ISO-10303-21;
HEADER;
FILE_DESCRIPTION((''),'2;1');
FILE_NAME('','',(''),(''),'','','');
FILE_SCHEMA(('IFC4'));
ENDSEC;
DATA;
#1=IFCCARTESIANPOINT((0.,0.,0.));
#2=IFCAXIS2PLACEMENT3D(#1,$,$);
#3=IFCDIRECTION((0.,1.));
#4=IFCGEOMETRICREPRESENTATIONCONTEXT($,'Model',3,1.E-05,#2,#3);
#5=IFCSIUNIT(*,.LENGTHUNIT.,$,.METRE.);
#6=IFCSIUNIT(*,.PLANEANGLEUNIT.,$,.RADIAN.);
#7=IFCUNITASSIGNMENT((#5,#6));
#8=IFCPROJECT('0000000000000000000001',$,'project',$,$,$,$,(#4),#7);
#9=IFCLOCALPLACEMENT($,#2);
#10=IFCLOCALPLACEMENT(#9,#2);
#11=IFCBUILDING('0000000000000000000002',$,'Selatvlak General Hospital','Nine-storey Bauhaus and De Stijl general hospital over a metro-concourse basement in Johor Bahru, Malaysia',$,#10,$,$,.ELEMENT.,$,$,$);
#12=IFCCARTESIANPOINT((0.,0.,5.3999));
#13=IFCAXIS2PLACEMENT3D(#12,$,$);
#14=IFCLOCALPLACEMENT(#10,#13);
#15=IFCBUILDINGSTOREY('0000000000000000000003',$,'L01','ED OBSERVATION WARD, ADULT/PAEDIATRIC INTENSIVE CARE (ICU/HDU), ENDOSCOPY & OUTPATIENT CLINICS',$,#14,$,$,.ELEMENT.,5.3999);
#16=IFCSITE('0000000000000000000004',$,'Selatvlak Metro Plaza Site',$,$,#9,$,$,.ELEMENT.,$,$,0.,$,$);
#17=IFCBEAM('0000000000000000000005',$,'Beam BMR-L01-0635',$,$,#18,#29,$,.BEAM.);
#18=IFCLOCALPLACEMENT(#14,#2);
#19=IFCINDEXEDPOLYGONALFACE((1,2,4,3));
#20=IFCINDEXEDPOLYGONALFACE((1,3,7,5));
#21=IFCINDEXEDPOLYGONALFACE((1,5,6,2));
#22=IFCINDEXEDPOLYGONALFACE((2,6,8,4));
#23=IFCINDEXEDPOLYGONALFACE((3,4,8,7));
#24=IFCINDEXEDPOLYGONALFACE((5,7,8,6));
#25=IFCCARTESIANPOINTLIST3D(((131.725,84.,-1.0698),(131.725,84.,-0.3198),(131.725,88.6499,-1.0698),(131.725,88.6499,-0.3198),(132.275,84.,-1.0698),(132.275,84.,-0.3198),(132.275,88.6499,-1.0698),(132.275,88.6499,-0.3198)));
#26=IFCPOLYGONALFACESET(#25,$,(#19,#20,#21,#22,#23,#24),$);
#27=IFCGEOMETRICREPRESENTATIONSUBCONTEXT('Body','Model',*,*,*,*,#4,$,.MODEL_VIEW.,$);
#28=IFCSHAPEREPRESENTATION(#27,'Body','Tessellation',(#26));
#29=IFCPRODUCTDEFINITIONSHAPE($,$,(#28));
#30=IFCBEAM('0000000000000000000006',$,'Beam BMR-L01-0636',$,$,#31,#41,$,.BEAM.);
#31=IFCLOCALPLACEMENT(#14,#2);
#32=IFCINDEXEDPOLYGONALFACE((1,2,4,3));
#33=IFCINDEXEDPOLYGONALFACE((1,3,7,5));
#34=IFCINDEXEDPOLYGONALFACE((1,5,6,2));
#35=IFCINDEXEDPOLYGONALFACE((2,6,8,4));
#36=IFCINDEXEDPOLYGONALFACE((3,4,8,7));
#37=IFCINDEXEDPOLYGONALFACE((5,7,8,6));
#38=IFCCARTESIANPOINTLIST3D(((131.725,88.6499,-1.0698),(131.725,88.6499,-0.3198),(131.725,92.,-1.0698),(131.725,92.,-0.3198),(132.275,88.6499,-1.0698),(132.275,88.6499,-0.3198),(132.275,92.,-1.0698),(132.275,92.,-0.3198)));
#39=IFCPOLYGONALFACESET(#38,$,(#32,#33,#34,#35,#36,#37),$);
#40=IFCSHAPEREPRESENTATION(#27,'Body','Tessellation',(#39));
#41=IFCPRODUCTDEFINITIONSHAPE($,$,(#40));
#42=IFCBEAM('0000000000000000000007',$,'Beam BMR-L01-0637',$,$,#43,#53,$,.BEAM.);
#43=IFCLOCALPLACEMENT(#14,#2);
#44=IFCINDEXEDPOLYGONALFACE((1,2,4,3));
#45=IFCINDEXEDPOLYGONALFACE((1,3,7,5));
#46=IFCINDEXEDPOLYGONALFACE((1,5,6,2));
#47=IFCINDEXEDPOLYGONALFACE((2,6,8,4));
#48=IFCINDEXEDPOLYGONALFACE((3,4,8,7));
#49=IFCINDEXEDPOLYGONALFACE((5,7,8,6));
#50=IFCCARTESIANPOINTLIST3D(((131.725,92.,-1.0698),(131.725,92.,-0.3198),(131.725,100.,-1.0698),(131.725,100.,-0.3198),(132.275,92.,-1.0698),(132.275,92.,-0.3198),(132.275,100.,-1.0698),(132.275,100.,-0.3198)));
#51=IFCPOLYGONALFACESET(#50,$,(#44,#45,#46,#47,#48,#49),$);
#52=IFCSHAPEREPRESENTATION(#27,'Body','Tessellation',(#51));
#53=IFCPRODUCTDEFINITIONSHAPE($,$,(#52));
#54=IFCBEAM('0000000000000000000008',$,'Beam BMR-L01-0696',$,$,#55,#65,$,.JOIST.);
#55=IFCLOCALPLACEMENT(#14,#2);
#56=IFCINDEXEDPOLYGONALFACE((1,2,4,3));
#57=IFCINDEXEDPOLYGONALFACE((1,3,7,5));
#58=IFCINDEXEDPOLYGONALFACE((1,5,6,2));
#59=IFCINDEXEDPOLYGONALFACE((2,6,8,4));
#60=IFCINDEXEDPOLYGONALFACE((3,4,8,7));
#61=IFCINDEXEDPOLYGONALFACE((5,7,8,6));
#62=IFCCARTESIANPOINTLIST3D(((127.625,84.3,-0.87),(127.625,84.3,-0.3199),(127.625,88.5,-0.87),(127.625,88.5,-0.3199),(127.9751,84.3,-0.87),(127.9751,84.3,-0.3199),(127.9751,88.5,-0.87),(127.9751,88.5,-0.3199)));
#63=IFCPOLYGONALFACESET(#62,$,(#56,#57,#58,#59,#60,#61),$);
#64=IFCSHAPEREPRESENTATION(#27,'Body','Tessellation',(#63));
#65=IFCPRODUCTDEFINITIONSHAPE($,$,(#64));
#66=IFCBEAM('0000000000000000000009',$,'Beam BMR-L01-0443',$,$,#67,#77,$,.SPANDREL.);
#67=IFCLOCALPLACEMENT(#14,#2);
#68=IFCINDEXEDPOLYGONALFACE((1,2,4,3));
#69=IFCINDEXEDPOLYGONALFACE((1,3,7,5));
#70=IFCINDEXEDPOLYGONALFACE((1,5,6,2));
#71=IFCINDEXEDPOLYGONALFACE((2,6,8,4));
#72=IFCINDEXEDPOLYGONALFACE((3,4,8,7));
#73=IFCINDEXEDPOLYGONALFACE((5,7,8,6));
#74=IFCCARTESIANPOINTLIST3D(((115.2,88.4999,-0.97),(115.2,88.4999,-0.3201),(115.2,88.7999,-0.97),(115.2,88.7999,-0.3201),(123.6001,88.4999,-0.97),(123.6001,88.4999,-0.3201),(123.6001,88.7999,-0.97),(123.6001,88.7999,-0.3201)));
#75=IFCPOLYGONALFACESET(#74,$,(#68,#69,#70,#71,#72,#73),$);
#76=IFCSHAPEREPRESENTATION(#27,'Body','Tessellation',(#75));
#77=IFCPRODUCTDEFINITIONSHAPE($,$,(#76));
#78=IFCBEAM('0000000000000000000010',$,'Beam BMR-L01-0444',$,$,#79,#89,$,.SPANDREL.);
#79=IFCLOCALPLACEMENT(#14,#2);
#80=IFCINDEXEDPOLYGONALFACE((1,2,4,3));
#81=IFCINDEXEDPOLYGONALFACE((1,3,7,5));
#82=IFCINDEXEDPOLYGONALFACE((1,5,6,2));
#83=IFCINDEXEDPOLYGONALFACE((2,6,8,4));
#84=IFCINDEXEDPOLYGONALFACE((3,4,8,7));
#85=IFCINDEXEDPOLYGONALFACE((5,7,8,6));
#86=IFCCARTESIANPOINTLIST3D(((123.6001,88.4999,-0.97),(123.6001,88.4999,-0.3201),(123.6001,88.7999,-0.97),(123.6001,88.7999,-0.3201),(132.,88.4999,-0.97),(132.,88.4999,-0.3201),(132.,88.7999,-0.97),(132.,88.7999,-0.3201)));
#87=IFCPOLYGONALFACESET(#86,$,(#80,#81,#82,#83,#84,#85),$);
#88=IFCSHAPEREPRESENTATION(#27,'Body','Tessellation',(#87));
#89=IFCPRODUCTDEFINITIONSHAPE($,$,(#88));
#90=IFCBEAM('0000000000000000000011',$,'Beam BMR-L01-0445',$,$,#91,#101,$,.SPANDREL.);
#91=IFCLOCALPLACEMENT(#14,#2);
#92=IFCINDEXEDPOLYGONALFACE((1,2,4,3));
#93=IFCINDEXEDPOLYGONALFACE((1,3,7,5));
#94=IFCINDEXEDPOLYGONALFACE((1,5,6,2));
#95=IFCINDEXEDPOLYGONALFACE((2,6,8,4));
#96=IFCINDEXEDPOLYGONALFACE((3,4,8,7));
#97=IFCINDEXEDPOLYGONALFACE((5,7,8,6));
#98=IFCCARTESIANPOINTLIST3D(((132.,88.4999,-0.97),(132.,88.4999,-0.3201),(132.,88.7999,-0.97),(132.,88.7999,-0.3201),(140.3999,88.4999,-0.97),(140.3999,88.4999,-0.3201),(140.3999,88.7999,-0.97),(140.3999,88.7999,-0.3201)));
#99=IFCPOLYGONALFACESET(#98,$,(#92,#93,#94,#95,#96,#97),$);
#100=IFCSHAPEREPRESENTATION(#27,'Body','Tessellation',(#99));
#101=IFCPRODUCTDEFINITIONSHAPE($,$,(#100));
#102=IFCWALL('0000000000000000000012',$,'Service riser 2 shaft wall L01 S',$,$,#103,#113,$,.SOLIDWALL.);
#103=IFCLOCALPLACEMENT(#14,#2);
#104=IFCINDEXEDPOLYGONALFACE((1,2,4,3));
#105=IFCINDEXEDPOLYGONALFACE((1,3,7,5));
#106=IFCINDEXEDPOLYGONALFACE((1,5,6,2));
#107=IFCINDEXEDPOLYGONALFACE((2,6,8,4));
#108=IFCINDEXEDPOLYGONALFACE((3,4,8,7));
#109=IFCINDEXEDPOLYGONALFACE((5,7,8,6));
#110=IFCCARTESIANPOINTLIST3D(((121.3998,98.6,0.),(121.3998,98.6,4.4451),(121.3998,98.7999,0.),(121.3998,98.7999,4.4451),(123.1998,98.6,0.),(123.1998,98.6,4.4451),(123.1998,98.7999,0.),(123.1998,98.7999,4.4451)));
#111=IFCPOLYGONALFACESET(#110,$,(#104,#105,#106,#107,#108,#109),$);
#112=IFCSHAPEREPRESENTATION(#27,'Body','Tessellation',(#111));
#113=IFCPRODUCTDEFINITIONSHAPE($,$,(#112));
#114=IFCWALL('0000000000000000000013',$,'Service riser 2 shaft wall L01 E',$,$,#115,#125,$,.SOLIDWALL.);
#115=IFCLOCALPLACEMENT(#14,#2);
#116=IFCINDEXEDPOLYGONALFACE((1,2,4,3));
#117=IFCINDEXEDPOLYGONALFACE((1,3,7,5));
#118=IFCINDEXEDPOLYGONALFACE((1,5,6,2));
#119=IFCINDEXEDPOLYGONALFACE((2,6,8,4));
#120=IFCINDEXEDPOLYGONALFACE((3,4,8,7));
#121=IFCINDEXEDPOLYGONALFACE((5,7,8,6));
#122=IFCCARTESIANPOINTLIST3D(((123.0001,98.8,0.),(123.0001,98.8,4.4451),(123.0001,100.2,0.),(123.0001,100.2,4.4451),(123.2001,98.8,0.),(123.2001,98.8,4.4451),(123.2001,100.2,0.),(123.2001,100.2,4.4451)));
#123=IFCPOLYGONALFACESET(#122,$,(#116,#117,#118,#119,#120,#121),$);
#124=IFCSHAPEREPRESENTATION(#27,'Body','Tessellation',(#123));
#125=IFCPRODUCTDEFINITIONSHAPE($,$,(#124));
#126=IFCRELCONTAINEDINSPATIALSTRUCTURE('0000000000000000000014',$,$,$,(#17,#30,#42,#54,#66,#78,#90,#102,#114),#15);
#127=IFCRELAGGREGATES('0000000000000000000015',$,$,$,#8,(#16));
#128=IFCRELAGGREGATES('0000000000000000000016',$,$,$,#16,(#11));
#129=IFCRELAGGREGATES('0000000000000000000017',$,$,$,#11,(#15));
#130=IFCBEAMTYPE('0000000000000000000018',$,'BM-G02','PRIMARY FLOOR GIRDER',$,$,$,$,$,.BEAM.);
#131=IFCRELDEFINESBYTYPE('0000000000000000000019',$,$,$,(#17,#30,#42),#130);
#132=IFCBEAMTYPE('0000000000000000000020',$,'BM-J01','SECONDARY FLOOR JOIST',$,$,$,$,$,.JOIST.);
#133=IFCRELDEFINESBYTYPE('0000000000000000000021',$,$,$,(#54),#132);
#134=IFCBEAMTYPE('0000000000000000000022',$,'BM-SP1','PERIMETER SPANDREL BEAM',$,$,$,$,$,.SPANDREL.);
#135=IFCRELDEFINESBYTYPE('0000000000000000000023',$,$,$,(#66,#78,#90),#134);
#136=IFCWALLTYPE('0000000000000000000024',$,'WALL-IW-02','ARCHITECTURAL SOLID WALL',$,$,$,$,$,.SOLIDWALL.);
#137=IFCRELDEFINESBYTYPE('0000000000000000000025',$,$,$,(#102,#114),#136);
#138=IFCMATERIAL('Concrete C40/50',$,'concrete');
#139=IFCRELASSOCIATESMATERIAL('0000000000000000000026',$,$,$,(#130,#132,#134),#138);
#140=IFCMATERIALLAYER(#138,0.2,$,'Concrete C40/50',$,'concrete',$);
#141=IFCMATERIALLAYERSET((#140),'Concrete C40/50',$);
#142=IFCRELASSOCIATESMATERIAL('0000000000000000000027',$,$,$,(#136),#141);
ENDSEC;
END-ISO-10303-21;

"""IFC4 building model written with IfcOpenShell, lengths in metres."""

from ifc_helpers import new_model, si_unit, direction, frame, frame_2d, origin, origin_2d, place, context, subcontext, project, spatial, rectangle, extrude, material, layer, layer_set, material_profile, profile_set, type_object, element, save


model = new_model("IFC4")

# Units and contexts
model_context = context("Model", 3, precision=1e-05, world=origin(), true_north=direction((0.0, 1.0)))
body_context = subcontext(model_context, "Body", "Model", "MODEL_VIEW")
ifc_project = project(units=[si_unit("LENGTHUNIT", "METRE"), si_unit("PLANEANGLEUNIT", "RADIAN")], contexts=[model_context])

# Site, building, storey
site_placement = place(None, origin())
site = spatial("IfcSite", under=ifc_project, at=site_placement, Name="Selatvlak Metro Plaza Site", CompositionType="ELEMENT", RefElevation=0.0)
building_placement = place(site_placement, origin())
building = spatial("IfcBuilding", under=site, at=building_placement, Name="Selatvlak General Hospital", Description="Nine-storey Bauhaus and De Stijl general hospital over a metro-concourse basement in Johor Bahru, Malaysia", CompositionType="ELEMENT")
storey_placement = place(building_placement, frame((0.0, 0.0, 5.3999)))
storey = spatial("IfcBuildingStorey", under=building, at=storey_placement, Name="L01", Description="ED OBSERVATION WARD, ADULT/PAEDIATRIC INTENSIVE CARE (ICU/HDU), ENDOSCOPY & OUTPATIENT CLINICS", CompositionType="ELEMENT", Elevation=5.3999)

# Beams
ifc_material_1 = material(Name="Concrete C40/50", Category="concrete")
ifc_material_profile_1 = material_profile(ifc_material_1, rectangle(XDim=0.55, YDim=0.75, at=origin_2d()), Name="RC-BM 550x750")
ifc_profile_set_1 = profile_set([ifc_material_profile_1], Name="Concrete C40/50")
beam_type_1 = type_object("IfcBeamType", Name="BM-G02", Description="PRIMARY FLOOR GIRDER", PredefinedType="BEAM", material=ifc_profile_set_1)
beam_1_placement = place(storey_placement, frame((132.0, 84.0, -0.6948), z_axis=(0.0, 1.0, 0.0), x_axis=(-1.0, 0.0, 0.0)))
element("IfcBeam", 1, at=beam_1_placement, inside=storey, type_object=beam_type_1, Name="Beam BMR-L01-0635", PredefinedType="BEAM", context=body_context, shape_type="SweptSolid", body=[
    extrude(rectangle(XDim=0.55, YDim=0.75, at=origin_2d()), origin(), (0.0, 0.0, 1.0), 4.6499),
])
beam_2_placement = place(storey_placement, frame((132.0, 88.6499, -0.6948), z_axis=(0.0, 1.0, 0.0), x_axis=(-1.0, 0.0, 0.0)))
element("IfcBeam", 2, at=beam_2_placement, inside=storey, type_object=beam_type_1, Name="Beam BMR-L01-0636", PredefinedType="BEAM", context=body_context, shape_type="SweptSolid", body=[
    extrude(rectangle(XDim=0.55, YDim=0.75, at=origin_2d()), origin(), (0.0, 0.0, 1.0), 3.3501),
])
beam_3_placement = place(storey_placement, frame((132.0, 92.0, -0.6948), z_axis=(0.0, 1.0, 0.0), x_axis=(-1.0, 0.0, 0.0)))
element("IfcBeam", 3, at=beam_3_placement, inside=storey, type_object=beam_type_1, Name="Beam BMR-L01-0637", PredefinedType="BEAM", context=body_context, shape_type="SweptSolid", body=[
    extrude(rectangle(XDim=0.55, YDim=0.75, at=origin_2d()), origin(), (0.0, 0.0, 1.0), 8.0),
])
ifc_material_profile_2 = material_profile(ifc_material_1, rectangle(XDim=0.3501, YDim=0.55, at=origin_2d()), Name="RC-BM 350x550")
ifc_profile_set_2 = profile_set([ifc_material_profile_2], Name="Concrete C40/50")
beam_type_2 = type_object("IfcBeamType", Name="BM-J01", Description="SECONDARY FLOOR JOIST", PredefinedType="JOIST", material=ifc_profile_set_2)
beam_4_placement = place(storey_placement, frame((127.8, 84.3, -0.595), z_axis=(0.0, 1.0, 0.0), x_axis=(-1.0, 0.0, 0.0)))
element("IfcBeam", 4, at=beam_4_placement, inside=storey, type_object=beam_type_2, Name="Beam BMR-L01-0696", PredefinedType="JOIST", context=body_context, shape_type="SweptSolid", body=[
    extrude(rectangle(XDim=0.3501, YDim=0.55, at=origin_2d()), origin(), (0.0, 0.0, 1.0), 4.2),
])
ifc_material_profile_3 = material_profile(ifc_material_1, rectangle(XDim=0.3, YDim=0.6499, at=origin_2d()), Name="RC-SP 300x650")
ifc_profile_set_3 = profile_set([ifc_material_profile_3], Name="Concrete C40/50")
beam_type_3 = type_object("IfcBeamType", Name="BM-SP1", Description="PERIMETER SPANDREL BEAM", PredefinedType="SPANDREL", material=ifc_profile_set_3)
beam_5_placement = place(storey_placement, frame((115.2, 88.6499, -0.645), z_axis=(1.0, 0.0, 0.0), x_axis=(0.0, 1.0, 0.0)))
element("IfcBeam", 5, at=beam_5_placement, inside=storey, type_object=beam_type_3, Name="Beam BMR-L01-0443", PredefinedType="SPANDREL", context=body_context, shape_type="SweptSolid", body=[
    extrude(rectangle(XDim=0.3, YDim=0.6499, at=origin_2d()), origin(), (0.0, 0.0, 1.0), 8.4001),
])
for number, where, z_axis, x_axis, name in (
    (6, (123.6001, 88.6499, -0.645), (1.0, 0.0, 0.0), (0.0, 1.0, 0.0), "Beam BMR-L01-0444"),
    (7, (132.0, 88.6499, -0.645), (1.0, 0.0, 0.0), (0.0, 1.0, 0.0), "Beam BMR-L01-0445"),
):
    element("IfcBeam", number, at=place(storey_placement, frame(where, z_axis=z_axis, x_axis=x_axis)), inside=storey, type_object=beam_type_3, Name=name, PredefinedType="SPANDREL", context=body_context, shape_type="SweptSolid", body=[
        extrude(rectangle(XDim=0.3, YDim=0.6499, at=origin_2d()), origin(), (0.0, 0.0, 1.0), 8.3999),
    ])

# Walls
ifc_layer = layer(ifc_material_1, 0.2, Name="Concrete C40/50", Category="concrete")
ifc_layer_set = layer_set([ifc_layer], Name="Concrete C40/50")
wall_type = type_object("IfcWallType", Name="WALL-IW-02", Description="ARCHITECTURAL SOLID WALL", PredefinedType="SOLIDWALL", material=ifc_layer_set)
wall_1_placement = place(storey_placement, frame((121.3999, 98.7, 0.0), z_axis=(0.0, 0.0, 1.0), x_axis=(1.0, 0.0, 0.0)))
element("IfcWall", 8, at=wall_1_placement, inside=storey, type_object=wall_type, Name="Service riser 2 shaft wall L01 S", PredefinedType="SOLIDWALL", context=body_context, shape_type="SweptSolid", body=[
    extrude(rectangle(XDim=1.8, YDim=0.2, at=frame_2d((0.8999, 0.0))), origin(), (0.0, 0.0, 1.0), 4.4451),
])
wall_2_placement = place(storey_placement, frame((123.1001, 98.8, 0.0), z_axis=(0.0, 0.0, 1.0), x_axis=(0.0, 1.0, 0.0)))
element("IfcWall", 9, at=wall_2_placement, inside=storey, type_object=wall_type, Name="Service riser 2 shaft wall L01 E", PredefinedType="SOLIDWALL", context=body_context, shape_type="SweptSolid", body=[
    extrude(rectangle(XDim=1.3999, YDim=0.2, at=frame_2d((0.7, 0.0))), origin(), (0.0, 0.0, 1.0), 4.4451),
])

save(model, "model.ifc")
